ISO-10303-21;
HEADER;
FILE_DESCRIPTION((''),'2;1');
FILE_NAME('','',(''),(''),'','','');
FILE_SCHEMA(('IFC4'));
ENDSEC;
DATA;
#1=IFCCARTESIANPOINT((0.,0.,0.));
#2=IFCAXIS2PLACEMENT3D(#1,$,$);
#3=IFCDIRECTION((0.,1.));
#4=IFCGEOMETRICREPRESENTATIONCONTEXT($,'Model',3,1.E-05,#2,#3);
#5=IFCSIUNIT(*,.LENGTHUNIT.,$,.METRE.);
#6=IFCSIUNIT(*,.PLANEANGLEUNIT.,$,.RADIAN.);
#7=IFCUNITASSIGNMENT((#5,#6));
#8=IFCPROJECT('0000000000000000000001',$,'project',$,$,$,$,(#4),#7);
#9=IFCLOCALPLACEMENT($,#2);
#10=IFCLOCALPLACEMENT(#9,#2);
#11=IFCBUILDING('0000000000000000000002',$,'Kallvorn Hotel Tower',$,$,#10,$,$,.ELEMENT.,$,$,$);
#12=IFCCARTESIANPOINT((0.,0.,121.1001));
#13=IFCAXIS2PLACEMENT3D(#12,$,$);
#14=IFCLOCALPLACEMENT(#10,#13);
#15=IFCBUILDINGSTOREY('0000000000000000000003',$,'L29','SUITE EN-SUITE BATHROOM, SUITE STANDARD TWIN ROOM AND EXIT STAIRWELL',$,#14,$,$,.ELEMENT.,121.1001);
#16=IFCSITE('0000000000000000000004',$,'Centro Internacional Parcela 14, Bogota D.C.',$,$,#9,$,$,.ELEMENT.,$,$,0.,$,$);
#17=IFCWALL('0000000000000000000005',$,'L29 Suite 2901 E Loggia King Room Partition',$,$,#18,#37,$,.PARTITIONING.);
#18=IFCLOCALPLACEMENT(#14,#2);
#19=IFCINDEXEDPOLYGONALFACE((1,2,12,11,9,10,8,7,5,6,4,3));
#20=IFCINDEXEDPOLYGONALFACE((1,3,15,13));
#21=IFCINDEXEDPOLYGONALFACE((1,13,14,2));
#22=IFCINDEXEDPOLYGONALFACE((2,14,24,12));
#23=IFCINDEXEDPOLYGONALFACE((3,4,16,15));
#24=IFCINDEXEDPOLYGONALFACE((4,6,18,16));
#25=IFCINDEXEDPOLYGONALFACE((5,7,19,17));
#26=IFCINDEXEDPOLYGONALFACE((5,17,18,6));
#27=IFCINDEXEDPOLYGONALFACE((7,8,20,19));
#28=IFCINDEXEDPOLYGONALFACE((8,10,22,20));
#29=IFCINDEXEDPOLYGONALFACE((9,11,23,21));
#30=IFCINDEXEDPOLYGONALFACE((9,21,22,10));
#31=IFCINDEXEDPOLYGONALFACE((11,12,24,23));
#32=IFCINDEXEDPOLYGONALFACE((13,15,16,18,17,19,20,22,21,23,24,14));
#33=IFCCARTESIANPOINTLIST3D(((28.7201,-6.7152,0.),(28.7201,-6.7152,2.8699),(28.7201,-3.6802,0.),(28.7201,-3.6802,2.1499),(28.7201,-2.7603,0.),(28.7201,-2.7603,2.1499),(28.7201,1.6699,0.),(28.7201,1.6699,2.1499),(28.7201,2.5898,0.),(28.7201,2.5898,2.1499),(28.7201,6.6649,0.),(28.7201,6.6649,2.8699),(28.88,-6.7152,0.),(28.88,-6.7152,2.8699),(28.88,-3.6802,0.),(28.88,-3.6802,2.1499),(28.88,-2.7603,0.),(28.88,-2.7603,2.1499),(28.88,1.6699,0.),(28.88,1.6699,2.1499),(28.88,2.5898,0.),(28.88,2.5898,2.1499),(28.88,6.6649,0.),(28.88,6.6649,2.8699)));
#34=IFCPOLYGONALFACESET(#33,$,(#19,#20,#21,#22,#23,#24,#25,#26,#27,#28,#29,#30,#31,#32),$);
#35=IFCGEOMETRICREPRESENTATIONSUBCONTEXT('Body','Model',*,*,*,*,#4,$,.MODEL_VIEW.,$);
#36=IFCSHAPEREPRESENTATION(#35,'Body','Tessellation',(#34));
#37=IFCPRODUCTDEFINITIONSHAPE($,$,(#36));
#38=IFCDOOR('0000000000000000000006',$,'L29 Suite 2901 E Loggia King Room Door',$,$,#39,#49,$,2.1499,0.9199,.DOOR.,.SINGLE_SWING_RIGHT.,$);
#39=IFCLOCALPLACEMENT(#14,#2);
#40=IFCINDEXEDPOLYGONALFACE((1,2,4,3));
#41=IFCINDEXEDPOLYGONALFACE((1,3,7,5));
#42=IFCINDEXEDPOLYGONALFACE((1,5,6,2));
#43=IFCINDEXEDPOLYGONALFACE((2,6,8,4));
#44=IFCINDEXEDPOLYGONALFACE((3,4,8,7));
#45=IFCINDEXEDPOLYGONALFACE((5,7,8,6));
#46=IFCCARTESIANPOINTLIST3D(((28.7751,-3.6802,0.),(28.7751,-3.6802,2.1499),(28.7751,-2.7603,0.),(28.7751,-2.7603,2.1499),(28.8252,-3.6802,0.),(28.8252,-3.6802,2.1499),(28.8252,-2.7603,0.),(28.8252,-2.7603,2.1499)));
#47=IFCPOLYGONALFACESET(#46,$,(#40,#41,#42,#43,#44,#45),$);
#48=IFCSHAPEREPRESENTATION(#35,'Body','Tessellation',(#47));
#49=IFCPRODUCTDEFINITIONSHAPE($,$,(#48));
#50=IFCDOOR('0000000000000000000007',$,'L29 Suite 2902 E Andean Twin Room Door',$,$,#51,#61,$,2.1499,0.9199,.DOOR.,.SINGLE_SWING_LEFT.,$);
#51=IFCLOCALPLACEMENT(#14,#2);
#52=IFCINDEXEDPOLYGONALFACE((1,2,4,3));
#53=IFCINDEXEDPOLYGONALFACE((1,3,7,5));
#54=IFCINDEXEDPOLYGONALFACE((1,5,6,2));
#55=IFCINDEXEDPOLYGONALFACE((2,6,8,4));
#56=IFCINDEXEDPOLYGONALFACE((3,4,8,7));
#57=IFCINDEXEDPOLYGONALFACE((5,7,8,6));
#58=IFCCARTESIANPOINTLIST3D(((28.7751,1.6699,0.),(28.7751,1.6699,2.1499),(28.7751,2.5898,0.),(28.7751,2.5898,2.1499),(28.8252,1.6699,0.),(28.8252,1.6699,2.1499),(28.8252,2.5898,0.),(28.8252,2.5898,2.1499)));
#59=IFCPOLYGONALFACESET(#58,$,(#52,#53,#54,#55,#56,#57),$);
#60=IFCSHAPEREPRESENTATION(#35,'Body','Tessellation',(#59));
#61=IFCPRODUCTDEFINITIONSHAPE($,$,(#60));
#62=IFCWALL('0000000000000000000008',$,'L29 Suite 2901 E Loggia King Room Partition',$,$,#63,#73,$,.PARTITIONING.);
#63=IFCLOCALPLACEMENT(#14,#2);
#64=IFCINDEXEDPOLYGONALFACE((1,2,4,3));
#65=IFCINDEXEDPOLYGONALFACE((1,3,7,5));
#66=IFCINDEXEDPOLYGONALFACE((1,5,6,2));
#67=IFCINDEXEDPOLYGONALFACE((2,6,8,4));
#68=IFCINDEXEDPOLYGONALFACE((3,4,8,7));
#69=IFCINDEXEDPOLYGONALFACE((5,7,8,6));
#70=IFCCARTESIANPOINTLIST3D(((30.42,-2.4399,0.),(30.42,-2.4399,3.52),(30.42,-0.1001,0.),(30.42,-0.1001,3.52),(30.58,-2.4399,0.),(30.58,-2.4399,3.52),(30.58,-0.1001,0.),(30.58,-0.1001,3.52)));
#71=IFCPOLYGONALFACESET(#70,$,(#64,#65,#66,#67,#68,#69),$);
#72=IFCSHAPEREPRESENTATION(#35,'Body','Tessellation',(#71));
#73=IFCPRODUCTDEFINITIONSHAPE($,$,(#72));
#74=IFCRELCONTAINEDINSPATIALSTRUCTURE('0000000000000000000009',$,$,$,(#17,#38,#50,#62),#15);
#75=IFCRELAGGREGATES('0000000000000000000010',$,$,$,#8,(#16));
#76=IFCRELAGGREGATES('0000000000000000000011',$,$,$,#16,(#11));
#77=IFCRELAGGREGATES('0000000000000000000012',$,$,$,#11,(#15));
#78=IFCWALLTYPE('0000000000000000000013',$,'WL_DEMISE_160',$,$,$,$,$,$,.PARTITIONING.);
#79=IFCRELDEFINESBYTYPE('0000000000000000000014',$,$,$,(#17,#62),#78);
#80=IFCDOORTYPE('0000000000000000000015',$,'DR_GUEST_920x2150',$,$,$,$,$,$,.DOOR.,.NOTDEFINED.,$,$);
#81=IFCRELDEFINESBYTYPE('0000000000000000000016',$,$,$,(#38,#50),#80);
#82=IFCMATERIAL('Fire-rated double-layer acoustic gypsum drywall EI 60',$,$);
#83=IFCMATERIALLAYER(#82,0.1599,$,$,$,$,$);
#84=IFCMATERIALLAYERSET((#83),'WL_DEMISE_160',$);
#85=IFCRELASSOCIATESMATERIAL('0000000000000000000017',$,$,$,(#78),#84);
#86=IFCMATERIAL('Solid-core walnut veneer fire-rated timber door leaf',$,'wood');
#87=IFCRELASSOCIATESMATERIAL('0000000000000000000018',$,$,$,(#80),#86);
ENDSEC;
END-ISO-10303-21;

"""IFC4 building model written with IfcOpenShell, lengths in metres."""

from ifc_helpers import new_model, si_unit, direction, frame, frame_2d, origin, place, context, subcontext, project, spatial, rectangle, extrude, material, layer, layer_set, type_object, element, fill, save


model = new_model("IFC4")

# Units and contexts
model_context = context("Model", 3, precision=1e-05, world=origin(), true_north=direction((0.0, 1.0)))
body_context = subcontext(model_context, "Body", "Model", "MODEL_VIEW")
ifc_project = project(units=[si_unit("LENGTHUNIT", "METRE"), si_unit("PLANEANGLEUNIT", "RADIAN")], contexts=[model_context])

# Site, building, storey
site_placement = place(None, origin())
site = spatial("IfcSite", under=ifc_project, at=site_placement, Name="Centro Internacional Parcela 14, Bogota D.C.", CompositionType="ELEMENT", RefElevation=0.0)
building_placement = place(site_placement, origin())
building = spatial("IfcBuilding", under=site, at=building_placement, Name="Kallvorn Hotel Tower", CompositionType="ELEMENT")
storey_placement = place(building_placement, frame((0.0, 0.0, 121.1001)))
storey = spatial("IfcBuildingStorey", under=building, at=storey_placement, Name="L29", Description="SUITE EN-SUITE BATHROOM, SUITE STANDARD TWIN ROOM AND EXIT STAIRWELL", CompositionType="ELEMENT", Elevation=121.1001)

# Shared definitions
ifc_material_1 = material(Name="Fire-rated double-layer acoustic gypsum drywall EI 60")
ifc_layer_1 = layer(ifc_material_1, 0.1599)
ifc_layer_set_1 = layer_set([ifc_layer_1], Name="WL_DEMISE_160")
wall_type = type_object("IfcWallType", Name="WL_DEMISE_160", PredefinedType="PARTITIONING", material=ifc_layer_set_1)

# Wall, openings, doors
wall_1_placement = place(storey_placement, frame((28.8, -6.7151, 0.0), z_axis=(0.0, 0.0, 1.0), x_axis=(0.0, 1.0, 0.0)))
wall_1 = element("IfcWall", 1, at=wall_1_placement, inside=storey, type_object=wall_type, Name="L29 Suite 2901 E Loggia King Room Partition", PredefinedType="PARTITIONING", context=body_context, shape_type="SweptSolid", body=[
    extrude(rectangle(XDim=13.3801, YDim=0.1599, at=frame_2d((6.6899, 0.0))), origin(), (0.0, 0.0, 1.0), 2.8699),
])
opening_1_placement = place(wall_1_placement, frame((3.0349, 0.0, 0.0)))
opening_1 = element("IfcOpeningElement", 2, at=opening_1_placement, cuts=wall_1, PredefinedType="OPENING", context=body_context, shape_type="SweptSolid", body=[
    extrude(rectangle(XDim=0.9199, YDim=2.1499, at=frame_2d((0.46, 1.075))), frame((0.0, 0.095, 0.0), z_axis=(0.0, -1.0, 0.0), x_axis=(1.0, 0.0, 0.0)), (0.0, 0.0, 1.0), 0.1899),
])
opening_2_placement = place(wall_1_placement, frame((8.385, 0.0, 0.0)))
opening_2 = element("IfcOpeningElement", 3, at=opening_2_placement, cuts=wall_1, PredefinedType="OPENING", context=body_context, shape_type="SweptSolid", body=[
    extrude(rectangle(XDim=0.9199, YDim=2.1499, at=frame_2d((0.46, 1.075))), frame((0.0, 0.095, 0.0), z_axis=(0.0, -1.0, 0.0), x_axis=(1.0, 0.0, 0.0)), (0.0, 0.0, 1.0), 0.1899),
])
ifc_material_2 = material(Name="Solid-core walnut veneer fire-rated timber door leaf", Category="wood")
door_type_1 = type_object("IfcDoorType", Name="DR_GUEST_920x2150", OperationType="NOTDEFINED", PredefinedType="DOOR", material=ifc_material_2)
door_1_placement = place(opening_1_placement, origin())
door_1 = element("IfcDoor", 4, at=door_1_placement, inside=storey, type_object=door_type_1, Name="L29 Suite 2901 E Loggia King Room Door", OperationType="SINGLE_SWING_RIGHT", OverallHeight=2.1499, OverallWidth=0.9199, PredefinedType="DOOR", context=body_context, shape_type="SweptSolid", body=[
    extrude(rectangle(XDim=0.9199, YDim=2.1499, at=frame_2d((0.46, 1.075))), frame((0.0, 0.0249, 0.0), z_axis=(0.0, -1.0, 0.0), x_axis=(1.0, 0.0, 0.0)), (0.0, 0.0, 1.0), 0.05),
])
fill(opening_1, door_1)
door_2_placement = place(opening_2_placement, origin())
door_2 = element("IfcDoor", 5, at=door_2_placement, inside=storey, type_object=door_type_1, Name="L29 Suite 2902 E Andean Twin Room Door", OperationType="SINGLE_SWING_LEFT", OverallHeight=2.1499, OverallWidth=0.9199, PredefinedType="DOOR", context=body_context, shape_type="SweptSolid", body=[
    extrude(rectangle(XDim=0.9199, YDim=2.1499, at=frame_2d((0.46, 1.075))), frame((0.0, 0.0249, 0.0), z_axis=(0.0, -1.0, 0.0), x_axis=(1.0, 0.0, 0.0)), (0.0, 0.0, 1.0), 0.05),
])
fill(opening_2, door_2)

# Wall
wall_2_placement = place(storey_placement, frame((30.5, -2.4399, 0.0), z_axis=(0.0, 0.0, 1.0), x_axis=(0.0, 1.0, 0.0)))
element("IfcWall", 6, at=wall_2_placement, inside=storey, type_object=wall_type, Name="L29 Suite 2901 E Loggia King Room Partition", PredefinedType="PARTITIONING", context=body_context, shape_type="SweptSolid", body=[
    extrude(rectangle(XDim=2.3398, YDim=0.1599, at=frame_2d((1.1699, 0.0))), origin(), (0.0, 0.0, 1.0), 3.52),
])

save(model, "model.ifc")
